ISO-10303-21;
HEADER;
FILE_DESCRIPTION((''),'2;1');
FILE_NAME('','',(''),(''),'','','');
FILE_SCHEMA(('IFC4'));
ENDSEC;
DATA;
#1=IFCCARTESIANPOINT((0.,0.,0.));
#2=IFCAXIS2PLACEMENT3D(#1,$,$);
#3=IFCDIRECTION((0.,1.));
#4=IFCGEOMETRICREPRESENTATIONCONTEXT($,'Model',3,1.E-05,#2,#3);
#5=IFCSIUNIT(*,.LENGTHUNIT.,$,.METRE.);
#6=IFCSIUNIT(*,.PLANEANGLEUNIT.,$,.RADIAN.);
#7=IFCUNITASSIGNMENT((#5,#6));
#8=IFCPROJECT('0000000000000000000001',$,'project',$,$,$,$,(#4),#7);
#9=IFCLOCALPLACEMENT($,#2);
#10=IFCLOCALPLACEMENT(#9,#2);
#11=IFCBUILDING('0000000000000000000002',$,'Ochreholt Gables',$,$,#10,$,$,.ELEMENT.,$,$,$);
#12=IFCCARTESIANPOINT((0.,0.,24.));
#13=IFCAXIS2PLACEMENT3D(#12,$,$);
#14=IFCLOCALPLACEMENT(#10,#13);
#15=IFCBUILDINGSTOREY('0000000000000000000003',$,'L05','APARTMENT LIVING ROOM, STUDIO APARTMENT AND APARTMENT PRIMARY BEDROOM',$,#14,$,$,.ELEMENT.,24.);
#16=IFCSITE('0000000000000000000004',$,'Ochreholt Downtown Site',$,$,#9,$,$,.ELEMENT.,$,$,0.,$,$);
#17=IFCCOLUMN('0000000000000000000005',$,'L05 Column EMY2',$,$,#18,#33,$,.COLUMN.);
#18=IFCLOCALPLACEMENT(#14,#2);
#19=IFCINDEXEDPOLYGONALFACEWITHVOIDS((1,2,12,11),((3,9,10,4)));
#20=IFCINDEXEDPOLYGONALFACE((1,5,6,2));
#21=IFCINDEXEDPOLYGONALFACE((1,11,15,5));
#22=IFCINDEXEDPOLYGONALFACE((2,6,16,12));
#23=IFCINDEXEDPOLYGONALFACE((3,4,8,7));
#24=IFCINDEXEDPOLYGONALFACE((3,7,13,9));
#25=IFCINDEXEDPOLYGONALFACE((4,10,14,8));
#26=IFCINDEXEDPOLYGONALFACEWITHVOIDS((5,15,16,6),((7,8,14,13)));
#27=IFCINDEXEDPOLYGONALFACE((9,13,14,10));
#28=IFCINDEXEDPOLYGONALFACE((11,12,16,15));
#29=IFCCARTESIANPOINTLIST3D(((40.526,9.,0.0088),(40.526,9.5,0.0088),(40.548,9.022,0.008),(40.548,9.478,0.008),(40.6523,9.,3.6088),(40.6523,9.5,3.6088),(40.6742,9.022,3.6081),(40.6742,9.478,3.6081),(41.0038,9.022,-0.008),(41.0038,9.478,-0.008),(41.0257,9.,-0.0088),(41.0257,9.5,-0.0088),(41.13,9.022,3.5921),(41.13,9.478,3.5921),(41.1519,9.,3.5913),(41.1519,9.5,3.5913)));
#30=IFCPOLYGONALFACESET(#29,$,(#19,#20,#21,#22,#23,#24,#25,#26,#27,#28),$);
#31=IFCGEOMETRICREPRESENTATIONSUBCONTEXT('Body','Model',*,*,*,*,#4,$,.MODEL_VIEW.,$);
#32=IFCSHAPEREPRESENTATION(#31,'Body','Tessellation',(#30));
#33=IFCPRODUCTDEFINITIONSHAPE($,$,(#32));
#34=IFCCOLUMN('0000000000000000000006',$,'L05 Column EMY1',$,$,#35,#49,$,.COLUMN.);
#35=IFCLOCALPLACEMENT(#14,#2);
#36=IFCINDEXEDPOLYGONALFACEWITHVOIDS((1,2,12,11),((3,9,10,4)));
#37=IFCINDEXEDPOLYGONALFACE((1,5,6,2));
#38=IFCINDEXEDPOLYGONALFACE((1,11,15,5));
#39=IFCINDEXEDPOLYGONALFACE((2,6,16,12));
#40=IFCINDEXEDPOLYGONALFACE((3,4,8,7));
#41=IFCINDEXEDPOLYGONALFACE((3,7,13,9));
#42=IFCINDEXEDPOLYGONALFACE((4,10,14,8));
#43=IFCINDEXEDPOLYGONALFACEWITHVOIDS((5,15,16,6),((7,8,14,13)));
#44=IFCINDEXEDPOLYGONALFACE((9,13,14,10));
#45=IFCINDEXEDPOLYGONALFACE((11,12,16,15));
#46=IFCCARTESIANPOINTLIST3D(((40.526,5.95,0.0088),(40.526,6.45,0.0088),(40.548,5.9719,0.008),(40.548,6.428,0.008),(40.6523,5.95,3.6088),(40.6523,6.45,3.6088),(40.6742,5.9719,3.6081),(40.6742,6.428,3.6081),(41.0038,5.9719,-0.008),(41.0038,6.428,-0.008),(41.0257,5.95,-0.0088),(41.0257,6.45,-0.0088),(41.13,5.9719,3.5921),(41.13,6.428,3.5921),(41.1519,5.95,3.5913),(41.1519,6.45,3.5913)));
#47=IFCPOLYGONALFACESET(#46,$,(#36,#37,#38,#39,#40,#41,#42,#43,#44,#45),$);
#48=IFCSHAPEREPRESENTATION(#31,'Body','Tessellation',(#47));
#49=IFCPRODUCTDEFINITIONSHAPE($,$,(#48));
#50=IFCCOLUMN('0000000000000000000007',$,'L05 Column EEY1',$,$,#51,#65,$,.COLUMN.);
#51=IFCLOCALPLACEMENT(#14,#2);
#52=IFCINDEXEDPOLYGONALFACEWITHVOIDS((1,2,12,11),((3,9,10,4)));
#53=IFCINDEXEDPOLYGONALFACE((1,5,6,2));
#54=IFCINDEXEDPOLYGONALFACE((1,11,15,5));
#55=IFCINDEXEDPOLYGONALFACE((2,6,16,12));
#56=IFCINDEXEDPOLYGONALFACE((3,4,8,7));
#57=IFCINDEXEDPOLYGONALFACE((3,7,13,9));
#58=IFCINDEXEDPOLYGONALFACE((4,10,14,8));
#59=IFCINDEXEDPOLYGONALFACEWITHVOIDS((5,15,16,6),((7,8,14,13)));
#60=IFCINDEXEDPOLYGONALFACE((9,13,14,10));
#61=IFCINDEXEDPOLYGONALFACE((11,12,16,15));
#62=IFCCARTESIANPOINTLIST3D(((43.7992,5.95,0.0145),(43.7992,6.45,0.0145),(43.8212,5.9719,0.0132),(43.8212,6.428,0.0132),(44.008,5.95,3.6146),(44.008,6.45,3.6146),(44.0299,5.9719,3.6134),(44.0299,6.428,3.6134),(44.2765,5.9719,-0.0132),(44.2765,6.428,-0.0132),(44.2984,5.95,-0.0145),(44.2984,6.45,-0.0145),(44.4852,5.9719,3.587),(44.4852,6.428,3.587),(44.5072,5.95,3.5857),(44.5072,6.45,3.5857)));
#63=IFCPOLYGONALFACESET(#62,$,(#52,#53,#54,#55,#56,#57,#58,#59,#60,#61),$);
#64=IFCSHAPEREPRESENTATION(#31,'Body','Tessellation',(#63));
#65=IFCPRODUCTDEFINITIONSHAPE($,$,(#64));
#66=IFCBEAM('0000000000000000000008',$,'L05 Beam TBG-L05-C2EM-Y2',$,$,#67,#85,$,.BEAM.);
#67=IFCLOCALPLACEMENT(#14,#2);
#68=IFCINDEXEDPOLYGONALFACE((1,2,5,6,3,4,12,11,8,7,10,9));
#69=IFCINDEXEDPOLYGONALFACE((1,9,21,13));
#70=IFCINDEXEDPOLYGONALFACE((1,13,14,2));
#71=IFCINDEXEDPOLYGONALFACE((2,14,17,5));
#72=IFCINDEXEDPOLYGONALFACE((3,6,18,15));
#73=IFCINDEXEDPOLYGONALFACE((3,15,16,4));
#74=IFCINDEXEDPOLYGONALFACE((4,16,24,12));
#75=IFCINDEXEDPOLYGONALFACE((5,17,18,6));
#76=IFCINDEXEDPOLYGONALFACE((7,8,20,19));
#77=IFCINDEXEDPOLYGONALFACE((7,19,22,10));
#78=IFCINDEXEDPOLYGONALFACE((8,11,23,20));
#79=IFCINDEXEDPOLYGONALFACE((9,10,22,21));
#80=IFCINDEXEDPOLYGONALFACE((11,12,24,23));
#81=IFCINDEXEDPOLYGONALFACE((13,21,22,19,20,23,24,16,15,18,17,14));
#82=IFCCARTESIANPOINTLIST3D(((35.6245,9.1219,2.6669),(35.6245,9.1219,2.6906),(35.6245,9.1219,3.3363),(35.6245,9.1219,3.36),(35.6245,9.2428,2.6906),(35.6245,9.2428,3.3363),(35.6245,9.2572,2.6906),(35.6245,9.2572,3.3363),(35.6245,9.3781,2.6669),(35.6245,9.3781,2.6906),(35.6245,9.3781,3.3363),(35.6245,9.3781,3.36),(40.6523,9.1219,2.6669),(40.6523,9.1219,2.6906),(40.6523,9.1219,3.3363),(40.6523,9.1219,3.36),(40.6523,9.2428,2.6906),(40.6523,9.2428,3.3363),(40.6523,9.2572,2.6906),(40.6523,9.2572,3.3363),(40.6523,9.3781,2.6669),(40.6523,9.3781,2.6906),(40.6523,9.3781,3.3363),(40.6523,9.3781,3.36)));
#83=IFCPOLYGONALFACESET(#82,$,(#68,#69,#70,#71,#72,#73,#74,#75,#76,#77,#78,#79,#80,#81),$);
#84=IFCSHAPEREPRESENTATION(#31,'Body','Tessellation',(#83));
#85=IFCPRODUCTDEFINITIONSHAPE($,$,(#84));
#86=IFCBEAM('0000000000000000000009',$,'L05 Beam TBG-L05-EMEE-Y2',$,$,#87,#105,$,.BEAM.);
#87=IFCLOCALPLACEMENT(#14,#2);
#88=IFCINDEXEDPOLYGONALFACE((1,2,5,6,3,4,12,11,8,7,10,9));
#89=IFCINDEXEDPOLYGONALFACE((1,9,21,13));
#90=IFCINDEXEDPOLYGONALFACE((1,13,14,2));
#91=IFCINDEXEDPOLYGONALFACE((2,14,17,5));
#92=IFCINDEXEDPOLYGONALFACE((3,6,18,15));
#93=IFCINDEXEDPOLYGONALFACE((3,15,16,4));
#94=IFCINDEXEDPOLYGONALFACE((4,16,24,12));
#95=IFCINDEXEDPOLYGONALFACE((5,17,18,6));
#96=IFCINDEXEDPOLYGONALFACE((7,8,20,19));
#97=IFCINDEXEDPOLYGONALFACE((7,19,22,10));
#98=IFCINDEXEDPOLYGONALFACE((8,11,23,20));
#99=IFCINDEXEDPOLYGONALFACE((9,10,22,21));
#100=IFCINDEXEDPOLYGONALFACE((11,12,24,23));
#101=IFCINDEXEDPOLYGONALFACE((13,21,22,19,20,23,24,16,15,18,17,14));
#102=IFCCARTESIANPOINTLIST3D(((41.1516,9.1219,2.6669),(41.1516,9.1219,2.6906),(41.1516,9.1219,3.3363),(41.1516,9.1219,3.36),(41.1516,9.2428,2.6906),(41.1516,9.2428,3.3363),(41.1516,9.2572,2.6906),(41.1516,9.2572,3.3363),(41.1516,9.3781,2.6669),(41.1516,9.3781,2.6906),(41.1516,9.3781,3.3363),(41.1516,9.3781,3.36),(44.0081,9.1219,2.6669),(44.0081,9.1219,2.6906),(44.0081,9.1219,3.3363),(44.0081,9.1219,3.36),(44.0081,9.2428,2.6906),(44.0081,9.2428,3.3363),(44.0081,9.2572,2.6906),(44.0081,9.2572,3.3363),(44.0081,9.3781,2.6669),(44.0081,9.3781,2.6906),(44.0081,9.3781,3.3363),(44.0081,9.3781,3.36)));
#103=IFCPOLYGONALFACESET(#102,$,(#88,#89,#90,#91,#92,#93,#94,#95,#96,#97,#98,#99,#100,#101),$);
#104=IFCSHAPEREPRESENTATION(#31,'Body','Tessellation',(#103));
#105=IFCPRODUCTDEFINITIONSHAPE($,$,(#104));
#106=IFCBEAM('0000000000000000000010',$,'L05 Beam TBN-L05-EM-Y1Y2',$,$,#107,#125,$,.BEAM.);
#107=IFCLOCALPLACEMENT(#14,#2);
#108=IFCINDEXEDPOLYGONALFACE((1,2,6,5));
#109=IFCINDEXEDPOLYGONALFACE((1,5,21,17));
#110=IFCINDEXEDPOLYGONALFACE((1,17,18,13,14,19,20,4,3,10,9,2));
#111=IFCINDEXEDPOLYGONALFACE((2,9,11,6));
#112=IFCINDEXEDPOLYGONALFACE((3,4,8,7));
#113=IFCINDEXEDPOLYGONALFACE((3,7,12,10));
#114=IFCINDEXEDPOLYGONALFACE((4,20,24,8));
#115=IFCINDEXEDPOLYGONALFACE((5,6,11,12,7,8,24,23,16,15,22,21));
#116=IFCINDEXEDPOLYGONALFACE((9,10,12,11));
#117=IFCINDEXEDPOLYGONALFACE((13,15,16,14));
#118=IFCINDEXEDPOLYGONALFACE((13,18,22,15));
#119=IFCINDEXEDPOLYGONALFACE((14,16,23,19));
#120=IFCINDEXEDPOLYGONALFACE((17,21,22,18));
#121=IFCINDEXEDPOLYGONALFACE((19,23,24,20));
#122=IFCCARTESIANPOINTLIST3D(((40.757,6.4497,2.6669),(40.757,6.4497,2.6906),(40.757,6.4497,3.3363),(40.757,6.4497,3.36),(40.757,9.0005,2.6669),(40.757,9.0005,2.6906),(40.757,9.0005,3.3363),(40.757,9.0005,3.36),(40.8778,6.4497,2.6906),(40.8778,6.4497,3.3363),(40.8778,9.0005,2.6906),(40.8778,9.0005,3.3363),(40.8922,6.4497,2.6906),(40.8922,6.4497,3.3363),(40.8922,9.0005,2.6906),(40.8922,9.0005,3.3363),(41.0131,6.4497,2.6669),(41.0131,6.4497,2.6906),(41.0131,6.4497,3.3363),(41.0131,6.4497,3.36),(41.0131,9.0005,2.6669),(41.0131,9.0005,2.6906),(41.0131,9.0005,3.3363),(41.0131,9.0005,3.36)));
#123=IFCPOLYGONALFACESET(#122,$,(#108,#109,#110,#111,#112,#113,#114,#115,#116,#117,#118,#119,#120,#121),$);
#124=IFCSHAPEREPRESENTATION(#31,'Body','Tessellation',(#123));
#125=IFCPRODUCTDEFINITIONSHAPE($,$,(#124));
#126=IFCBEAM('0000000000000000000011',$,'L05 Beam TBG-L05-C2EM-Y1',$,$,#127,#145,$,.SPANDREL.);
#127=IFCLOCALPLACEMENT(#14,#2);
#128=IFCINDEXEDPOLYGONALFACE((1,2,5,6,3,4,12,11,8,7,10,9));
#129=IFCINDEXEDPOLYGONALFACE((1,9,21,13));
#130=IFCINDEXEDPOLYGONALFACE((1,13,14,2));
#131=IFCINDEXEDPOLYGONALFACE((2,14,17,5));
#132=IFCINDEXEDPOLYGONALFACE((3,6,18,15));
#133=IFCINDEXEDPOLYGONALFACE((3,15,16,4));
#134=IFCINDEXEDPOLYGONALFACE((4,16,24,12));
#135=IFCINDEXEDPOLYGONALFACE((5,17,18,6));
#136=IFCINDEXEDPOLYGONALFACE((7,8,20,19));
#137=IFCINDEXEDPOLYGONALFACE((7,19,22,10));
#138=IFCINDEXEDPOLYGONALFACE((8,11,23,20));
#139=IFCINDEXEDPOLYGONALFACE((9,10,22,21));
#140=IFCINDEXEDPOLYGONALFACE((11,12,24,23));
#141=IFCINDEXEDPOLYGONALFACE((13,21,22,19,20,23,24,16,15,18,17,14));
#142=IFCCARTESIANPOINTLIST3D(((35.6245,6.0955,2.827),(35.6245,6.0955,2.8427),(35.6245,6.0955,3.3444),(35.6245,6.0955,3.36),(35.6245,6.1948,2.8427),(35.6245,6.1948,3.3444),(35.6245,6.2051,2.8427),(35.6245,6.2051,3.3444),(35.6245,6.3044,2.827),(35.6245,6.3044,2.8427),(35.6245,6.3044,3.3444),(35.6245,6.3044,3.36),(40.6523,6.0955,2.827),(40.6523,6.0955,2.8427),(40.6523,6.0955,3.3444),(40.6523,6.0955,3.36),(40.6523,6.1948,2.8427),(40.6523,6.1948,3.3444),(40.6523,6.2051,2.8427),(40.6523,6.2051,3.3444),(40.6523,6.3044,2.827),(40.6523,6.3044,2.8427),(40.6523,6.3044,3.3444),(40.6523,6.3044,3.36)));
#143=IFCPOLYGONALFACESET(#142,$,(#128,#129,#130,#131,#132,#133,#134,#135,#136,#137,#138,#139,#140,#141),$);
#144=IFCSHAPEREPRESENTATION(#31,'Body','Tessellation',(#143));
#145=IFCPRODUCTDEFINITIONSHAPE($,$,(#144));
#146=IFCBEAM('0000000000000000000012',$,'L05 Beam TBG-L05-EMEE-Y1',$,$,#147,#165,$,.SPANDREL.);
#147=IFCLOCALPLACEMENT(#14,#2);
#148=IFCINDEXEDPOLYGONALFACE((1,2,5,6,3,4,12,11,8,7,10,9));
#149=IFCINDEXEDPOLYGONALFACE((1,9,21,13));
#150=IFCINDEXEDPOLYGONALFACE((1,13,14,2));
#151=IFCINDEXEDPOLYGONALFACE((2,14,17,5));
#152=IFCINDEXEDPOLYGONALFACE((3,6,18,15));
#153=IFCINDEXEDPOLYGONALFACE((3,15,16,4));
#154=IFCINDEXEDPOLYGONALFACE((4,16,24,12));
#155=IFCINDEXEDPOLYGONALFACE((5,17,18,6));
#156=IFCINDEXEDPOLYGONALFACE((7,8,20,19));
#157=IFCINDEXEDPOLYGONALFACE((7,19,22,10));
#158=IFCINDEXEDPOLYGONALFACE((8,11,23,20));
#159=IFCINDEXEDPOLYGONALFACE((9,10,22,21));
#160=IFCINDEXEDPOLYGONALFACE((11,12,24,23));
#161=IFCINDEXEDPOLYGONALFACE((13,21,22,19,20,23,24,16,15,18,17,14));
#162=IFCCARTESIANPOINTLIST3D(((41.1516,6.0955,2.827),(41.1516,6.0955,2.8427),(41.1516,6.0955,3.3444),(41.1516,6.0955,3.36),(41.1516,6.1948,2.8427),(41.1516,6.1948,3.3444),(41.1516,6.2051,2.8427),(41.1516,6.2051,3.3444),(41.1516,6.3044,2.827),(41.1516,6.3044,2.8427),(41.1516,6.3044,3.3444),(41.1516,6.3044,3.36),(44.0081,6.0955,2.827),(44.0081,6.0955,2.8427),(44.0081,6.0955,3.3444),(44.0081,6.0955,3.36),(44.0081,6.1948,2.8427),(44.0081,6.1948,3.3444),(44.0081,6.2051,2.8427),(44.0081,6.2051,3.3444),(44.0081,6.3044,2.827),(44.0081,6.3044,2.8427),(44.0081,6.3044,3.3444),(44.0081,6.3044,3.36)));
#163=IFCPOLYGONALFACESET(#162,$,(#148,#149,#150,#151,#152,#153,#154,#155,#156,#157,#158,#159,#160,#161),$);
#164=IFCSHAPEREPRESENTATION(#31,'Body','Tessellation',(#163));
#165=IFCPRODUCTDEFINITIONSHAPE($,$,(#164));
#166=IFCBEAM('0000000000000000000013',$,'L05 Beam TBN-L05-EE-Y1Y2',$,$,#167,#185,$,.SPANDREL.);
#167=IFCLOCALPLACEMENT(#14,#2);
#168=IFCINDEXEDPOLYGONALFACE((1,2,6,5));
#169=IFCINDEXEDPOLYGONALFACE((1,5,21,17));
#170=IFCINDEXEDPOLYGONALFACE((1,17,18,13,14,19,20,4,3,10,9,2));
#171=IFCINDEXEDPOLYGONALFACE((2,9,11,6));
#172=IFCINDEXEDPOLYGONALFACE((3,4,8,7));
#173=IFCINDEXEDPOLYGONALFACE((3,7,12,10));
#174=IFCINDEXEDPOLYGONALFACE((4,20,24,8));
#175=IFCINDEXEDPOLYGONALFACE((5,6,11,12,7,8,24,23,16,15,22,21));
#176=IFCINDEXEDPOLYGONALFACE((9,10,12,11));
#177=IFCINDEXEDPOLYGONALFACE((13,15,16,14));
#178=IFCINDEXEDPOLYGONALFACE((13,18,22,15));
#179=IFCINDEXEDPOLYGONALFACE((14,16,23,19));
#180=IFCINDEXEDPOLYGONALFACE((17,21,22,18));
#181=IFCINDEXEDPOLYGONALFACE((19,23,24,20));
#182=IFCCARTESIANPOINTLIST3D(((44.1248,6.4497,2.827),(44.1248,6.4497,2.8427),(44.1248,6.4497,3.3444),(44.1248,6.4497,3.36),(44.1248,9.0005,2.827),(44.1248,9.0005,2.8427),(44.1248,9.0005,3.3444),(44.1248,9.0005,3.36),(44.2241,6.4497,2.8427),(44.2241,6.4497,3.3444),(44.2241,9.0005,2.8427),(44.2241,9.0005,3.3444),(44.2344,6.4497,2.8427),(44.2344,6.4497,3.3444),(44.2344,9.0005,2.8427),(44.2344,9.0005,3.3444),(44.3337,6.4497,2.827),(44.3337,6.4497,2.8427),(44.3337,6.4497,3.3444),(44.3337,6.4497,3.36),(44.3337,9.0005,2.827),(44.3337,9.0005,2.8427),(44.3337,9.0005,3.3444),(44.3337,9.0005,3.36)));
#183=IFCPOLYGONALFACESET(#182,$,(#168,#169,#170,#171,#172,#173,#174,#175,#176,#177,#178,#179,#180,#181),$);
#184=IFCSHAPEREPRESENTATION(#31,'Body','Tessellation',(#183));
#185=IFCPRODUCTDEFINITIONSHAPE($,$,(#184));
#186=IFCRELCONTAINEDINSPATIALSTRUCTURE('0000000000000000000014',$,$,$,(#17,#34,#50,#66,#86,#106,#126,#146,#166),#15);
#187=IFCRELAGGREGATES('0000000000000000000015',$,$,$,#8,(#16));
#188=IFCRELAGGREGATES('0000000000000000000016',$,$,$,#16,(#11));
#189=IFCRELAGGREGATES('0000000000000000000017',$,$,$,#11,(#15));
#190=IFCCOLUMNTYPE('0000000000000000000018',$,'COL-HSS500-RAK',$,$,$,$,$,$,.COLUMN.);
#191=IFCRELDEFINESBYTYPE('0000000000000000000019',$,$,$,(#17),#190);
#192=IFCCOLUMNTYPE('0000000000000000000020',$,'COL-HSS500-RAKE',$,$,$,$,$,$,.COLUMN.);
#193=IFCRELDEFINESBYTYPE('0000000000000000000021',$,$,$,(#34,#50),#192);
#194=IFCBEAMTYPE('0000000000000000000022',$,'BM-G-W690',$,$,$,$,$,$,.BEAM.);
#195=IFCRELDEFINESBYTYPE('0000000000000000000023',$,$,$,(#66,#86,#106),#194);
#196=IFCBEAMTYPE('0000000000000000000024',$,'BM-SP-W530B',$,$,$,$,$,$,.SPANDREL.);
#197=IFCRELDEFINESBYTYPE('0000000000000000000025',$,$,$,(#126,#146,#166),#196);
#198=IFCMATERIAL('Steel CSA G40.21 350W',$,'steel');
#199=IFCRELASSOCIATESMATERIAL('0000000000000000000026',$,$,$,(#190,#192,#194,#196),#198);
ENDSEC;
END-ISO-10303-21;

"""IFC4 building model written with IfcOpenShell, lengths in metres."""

from ifc_helpers import new_model, si_unit, direction, frame, origin, origin_2d, place, context, subcontext, project, spatial, hollow_rectangle, i_section, extrude, material, material_profile, profile_set, type_object, element, save


model = new_model("IFC4")

# Units and contexts
model_context = context("Model", 3, precision=1e-05, world=origin(), true_north=direction((0.0, 1.0)))
body_context = subcontext(model_context, "Body", "Model", "MODEL_VIEW")
ifc_project = project(units=[si_unit("LENGTHUNIT", "METRE"), si_unit("PLANEANGLEUNIT", "RADIAN")], contexts=[model_context])

# Site, building, storey
site_placement = place(None, origin())
site = spatial("IfcSite", under=ifc_project, at=site_placement, Name="Ochreholt Downtown Site", CompositionType="ELEMENT", RefElevation=0.0)
building_placement = place(site_placement, origin())
building = spatial("IfcBuilding", under=site, at=building_placement, Name="Ochreholt Gables", CompositionType="ELEMENT")
storey_placement = place(building_placement, frame((0.0, 0.0, 24.0)))
storey = spatial("IfcBuildingStorey", under=building, at=storey_placement, Name="L05", Description="APARTMENT LIVING ROOM, STUDIO APARTMENT AND APARTMENT PRIMARY BEDROOM", CompositionType="ELEMENT", Elevation=24.0)

# Columns
ifc_material_1 = material(Name="Steel CSA G40.21 350W", Category="steel")
ifc_material_profile_1 = material_profile(ifc_material_1, hollow_rectangle(XDim=0.5, YDim=0.5, WallThickness=0.022, at=origin_2d()), Name="HSS500X500X22")
ifc_profile_set_1 = profile_set([ifc_material_profile_1], Name="Steel CSA G40.21 350W")
column_type_1 = type_object("IfcColumnType", Name="COL-HSS500-RAK", PredefinedType="COLUMN", material=ifc_profile_set_1)
column_1_placement = place(storey_placement, frame((40.7759, 9.25, 0.0), z_axis=(0.035039, 0.0, 0.999386), x_axis=(0.0, 1.0, 0.0)))
element("IfcColumn", 1, at=column_1_placement, inside=storey, type_object=column_type_1, Name="L05 Column EMY2", PredefinedType="COLUMN", context=body_context, shape_type="SweptSolid", body=[
    extrude(hollow_rectangle(XDim=0.5, YDim=0.5, WallThickness=0.022, at=origin_2d()), origin(), (0.0, 0.0, 1.0), 3.6023),
])
ifc_material_profile_2 = material_profile(ifc_material_1, hollow_rectangle(XDim=0.5, YDim=0.5, WallThickness=0.022, at=origin_2d()), Name="HSS500X500X22")
ifc_profile_set_2 = profile_set([ifc_material_profile_2], Name="Steel CSA G40.21 350W")
column_type_2 = type_object("IfcColumnType", Name="COL-HSS500-RAKE", PredefinedType="COLUMN", material=ifc_profile_set_2)
column_2_placement = place(storey_placement, frame((40.7759, 6.2, 0.0), z_axis=(0.035039, 0.0, 0.999386), x_axis=(0.0, 1.0, 0.0)))
element("IfcColumn", 2, at=column_2_placement, inside=storey, type_object=column_type_2, Name="L05 Column EMY1", PredefinedType="COLUMN", context=body_context, shape_type="SweptSolid", body=[
    extrude(hollow_rectangle(XDim=0.5, YDim=0.5, WallThickness=0.022, at=origin_2d()), origin(), (0.0, 0.0, 1.0), 3.6023),
])
column_3_placement = place(storey_placement, frame((44.0488, 6.2, 0.0), z_axis=(0.057885, 0.0, 0.998323), x_axis=(0.0, 1.0, 0.0)))
element("IfcColumn", 3, at=column_3_placement, inside=storey, type_object=column_type_2, Name="L05 Column EEY1", PredefinedType="COLUMN", context=body_context, shape_type="SweptSolid", body=[
    extrude(hollow_rectangle(XDim=0.5, YDim=0.5, WallThickness=0.022, at=origin_2d()), origin(), (0.0, 0.0, 1.0), 3.6062),
])

# Beams
ifc_material_profile_3 = material_profile(ifc_material_1, i_section(OverallWidth=0.2561, OverallDepth=0.6931, WebThickness=0.0144, FlangeThickness=0.0237, at=origin_2d()), Name="W690X170")
ifc_profile_set_3 = profile_set([ifc_material_profile_3], Name="Steel CSA G40.21 350W")
beam_type_1 = type_object("IfcBeamType", Name="BM-G-W690", PredefinedType="BEAM", material=ifc_profile_set_3)
beam_1_placement = place(storey_placement, frame((35.6245, 9.25, 3.0134), z_axis=(1.0, 0.0, 0.0), x_axis=(0.0, 1.0, 0.0)))
element("IfcBeam", 4, at=beam_1_placement, inside=storey, type_object=beam_type_1, Name="L05 Beam TBG-L05-C2EM-Y2", PredefinedType="BEAM", context=body_context, shape_type="SweptSolid", body=[
    extrude(i_section(OverallWidth=0.2561, OverallDepth=0.6931, WebThickness=0.0144, FlangeThickness=0.0237, at=origin_2d()), origin(), (0.0, 0.0, 1.0), 5.0278),
])
beam_2_placement = place(storey_placement, frame((41.1516, 9.25, 3.0134), z_axis=(1.0, 0.0, 0.0), x_axis=(0.0, 1.0, 0.0)))
element("IfcBeam", 5, at=beam_2_placement, inside=storey, type_object=beam_type_1, Name="L05 Beam TBG-L05-EMEE-Y2", PredefinedType="BEAM", context=body_context, shape_type="SweptSolid", body=[
    extrude(i_section(OverallWidth=0.2561, OverallDepth=0.6931, WebThickness=0.0144, FlangeThickness=0.0237, at=origin_2d()), origin(), (0.0, 0.0, 1.0), 2.8564),
])
beam_3_placement = place(storey_placement, frame((40.885, 6.4497, 3.0134), z_axis=(0.0, 1.0, 0.0), x_axis=(-1.0, 0.0, 0.0)))
element("IfcBeam", 6, at=beam_3_placement, inside=storey, type_object=beam_type_1, Name="L05 Beam TBN-L05-EM-Y1Y2", PredefinedType="BEAM", context=body_context, shape_type="SweptSolid", body=[
    extrude(i_section(OverallWidth=0.2561, OverallDepth=0.6931, WebThickness=0.0144, FlangeThickness=0.0237, at=origin_2d()), origin(), (0.0, 0.0, 1.0), 2.5508),
])
ifc_material_profile_4 = material_profile(ifc_material_1, i_section(OverallWidth=0.209, OverallDepth=0.533, WebThickness=0.0103, FlangeThickness=0.0156, at=origin_2d()), Name="W530X92")
ifc_profile_set_4 = profile_set([ifc_material_profile_4], Name="Steel CSA G40.21 350W")
beam_type_2 = type_object("IfcBeamType", Name="BM-SP-W530B", PredefinedType="SPANDREL", material=ifc_profile_set_4)
beam_4_placement = place(storey_placement, frame((35.6245, 6.2, 3.0935), z_axis=(1.0, 0.0, 0.0), x_axis=(0.0, 1.0, 0.0)))
element("IfcBeam", 7, at=beam_4_placement, inside=storey, type_object=beam_type_2, Name="L05 Beam TBG-L05-C2EM-Y1", PredefinedType="SPANDREL", context=body_context, shape_type="SweptSolid", body=[
    extrude(i_section(OverallWidth=0.209, OverallDepth=0.533, WebThickness=0.0103, FlangeThickness=0.0156, at=origin_2d()), origin(), (0.0, 0.0, 1.0), 5.0278),
])
beam_5_placement = place(storey_placement, frame((41.1516, 6.2, 3.0935), z_axis=(1.0, 0.0, 0.0), x_axis=(0.0, 1.0, 0.0)))
element("IfcBeam", 8, at=beam_5_placement, inside=storey, type_object=beam_type_2, Name="L05 Beam TBG-L05-EMEE-Y1", PredefinedType="SPANDREL", context=body_context, shape_type="SweptSolid", body=[
    extrude(i_section(OverallWidth=0.209, OverallDepth=0.533, WebThickness=0.0103, FlangeThickness=0.0156, at=origin_2d()), origin(), (0.0, 0.0, 1.0), 2.8564),
])
beam_6_placement = place(storey_placement, frame((44.2292, 6.4497, 3.0935), z_axis=(0.0, 1.0, 0.0), x_axis=(-1.0, 0.0, 0.0)))
element("IfcBeam", 9, at=beam_6_placement, inside=storey, type_object=beam_type_2, Name="L05 Beam TBN-L05-EE-Y1Y2", PredefinedType="SPANDREL", context=body_context, shape_type="SweptSolid", body=[
    extrude(i_section(OverallWidth=0.209, OverallDepth=0.533, WebThickness=0.0103, FlangeThickness=0.0156, at=origin_2d()), origin(), (0.0, 0.0, 1.0), 2.5508),
])

save(model, "model.ifc")
